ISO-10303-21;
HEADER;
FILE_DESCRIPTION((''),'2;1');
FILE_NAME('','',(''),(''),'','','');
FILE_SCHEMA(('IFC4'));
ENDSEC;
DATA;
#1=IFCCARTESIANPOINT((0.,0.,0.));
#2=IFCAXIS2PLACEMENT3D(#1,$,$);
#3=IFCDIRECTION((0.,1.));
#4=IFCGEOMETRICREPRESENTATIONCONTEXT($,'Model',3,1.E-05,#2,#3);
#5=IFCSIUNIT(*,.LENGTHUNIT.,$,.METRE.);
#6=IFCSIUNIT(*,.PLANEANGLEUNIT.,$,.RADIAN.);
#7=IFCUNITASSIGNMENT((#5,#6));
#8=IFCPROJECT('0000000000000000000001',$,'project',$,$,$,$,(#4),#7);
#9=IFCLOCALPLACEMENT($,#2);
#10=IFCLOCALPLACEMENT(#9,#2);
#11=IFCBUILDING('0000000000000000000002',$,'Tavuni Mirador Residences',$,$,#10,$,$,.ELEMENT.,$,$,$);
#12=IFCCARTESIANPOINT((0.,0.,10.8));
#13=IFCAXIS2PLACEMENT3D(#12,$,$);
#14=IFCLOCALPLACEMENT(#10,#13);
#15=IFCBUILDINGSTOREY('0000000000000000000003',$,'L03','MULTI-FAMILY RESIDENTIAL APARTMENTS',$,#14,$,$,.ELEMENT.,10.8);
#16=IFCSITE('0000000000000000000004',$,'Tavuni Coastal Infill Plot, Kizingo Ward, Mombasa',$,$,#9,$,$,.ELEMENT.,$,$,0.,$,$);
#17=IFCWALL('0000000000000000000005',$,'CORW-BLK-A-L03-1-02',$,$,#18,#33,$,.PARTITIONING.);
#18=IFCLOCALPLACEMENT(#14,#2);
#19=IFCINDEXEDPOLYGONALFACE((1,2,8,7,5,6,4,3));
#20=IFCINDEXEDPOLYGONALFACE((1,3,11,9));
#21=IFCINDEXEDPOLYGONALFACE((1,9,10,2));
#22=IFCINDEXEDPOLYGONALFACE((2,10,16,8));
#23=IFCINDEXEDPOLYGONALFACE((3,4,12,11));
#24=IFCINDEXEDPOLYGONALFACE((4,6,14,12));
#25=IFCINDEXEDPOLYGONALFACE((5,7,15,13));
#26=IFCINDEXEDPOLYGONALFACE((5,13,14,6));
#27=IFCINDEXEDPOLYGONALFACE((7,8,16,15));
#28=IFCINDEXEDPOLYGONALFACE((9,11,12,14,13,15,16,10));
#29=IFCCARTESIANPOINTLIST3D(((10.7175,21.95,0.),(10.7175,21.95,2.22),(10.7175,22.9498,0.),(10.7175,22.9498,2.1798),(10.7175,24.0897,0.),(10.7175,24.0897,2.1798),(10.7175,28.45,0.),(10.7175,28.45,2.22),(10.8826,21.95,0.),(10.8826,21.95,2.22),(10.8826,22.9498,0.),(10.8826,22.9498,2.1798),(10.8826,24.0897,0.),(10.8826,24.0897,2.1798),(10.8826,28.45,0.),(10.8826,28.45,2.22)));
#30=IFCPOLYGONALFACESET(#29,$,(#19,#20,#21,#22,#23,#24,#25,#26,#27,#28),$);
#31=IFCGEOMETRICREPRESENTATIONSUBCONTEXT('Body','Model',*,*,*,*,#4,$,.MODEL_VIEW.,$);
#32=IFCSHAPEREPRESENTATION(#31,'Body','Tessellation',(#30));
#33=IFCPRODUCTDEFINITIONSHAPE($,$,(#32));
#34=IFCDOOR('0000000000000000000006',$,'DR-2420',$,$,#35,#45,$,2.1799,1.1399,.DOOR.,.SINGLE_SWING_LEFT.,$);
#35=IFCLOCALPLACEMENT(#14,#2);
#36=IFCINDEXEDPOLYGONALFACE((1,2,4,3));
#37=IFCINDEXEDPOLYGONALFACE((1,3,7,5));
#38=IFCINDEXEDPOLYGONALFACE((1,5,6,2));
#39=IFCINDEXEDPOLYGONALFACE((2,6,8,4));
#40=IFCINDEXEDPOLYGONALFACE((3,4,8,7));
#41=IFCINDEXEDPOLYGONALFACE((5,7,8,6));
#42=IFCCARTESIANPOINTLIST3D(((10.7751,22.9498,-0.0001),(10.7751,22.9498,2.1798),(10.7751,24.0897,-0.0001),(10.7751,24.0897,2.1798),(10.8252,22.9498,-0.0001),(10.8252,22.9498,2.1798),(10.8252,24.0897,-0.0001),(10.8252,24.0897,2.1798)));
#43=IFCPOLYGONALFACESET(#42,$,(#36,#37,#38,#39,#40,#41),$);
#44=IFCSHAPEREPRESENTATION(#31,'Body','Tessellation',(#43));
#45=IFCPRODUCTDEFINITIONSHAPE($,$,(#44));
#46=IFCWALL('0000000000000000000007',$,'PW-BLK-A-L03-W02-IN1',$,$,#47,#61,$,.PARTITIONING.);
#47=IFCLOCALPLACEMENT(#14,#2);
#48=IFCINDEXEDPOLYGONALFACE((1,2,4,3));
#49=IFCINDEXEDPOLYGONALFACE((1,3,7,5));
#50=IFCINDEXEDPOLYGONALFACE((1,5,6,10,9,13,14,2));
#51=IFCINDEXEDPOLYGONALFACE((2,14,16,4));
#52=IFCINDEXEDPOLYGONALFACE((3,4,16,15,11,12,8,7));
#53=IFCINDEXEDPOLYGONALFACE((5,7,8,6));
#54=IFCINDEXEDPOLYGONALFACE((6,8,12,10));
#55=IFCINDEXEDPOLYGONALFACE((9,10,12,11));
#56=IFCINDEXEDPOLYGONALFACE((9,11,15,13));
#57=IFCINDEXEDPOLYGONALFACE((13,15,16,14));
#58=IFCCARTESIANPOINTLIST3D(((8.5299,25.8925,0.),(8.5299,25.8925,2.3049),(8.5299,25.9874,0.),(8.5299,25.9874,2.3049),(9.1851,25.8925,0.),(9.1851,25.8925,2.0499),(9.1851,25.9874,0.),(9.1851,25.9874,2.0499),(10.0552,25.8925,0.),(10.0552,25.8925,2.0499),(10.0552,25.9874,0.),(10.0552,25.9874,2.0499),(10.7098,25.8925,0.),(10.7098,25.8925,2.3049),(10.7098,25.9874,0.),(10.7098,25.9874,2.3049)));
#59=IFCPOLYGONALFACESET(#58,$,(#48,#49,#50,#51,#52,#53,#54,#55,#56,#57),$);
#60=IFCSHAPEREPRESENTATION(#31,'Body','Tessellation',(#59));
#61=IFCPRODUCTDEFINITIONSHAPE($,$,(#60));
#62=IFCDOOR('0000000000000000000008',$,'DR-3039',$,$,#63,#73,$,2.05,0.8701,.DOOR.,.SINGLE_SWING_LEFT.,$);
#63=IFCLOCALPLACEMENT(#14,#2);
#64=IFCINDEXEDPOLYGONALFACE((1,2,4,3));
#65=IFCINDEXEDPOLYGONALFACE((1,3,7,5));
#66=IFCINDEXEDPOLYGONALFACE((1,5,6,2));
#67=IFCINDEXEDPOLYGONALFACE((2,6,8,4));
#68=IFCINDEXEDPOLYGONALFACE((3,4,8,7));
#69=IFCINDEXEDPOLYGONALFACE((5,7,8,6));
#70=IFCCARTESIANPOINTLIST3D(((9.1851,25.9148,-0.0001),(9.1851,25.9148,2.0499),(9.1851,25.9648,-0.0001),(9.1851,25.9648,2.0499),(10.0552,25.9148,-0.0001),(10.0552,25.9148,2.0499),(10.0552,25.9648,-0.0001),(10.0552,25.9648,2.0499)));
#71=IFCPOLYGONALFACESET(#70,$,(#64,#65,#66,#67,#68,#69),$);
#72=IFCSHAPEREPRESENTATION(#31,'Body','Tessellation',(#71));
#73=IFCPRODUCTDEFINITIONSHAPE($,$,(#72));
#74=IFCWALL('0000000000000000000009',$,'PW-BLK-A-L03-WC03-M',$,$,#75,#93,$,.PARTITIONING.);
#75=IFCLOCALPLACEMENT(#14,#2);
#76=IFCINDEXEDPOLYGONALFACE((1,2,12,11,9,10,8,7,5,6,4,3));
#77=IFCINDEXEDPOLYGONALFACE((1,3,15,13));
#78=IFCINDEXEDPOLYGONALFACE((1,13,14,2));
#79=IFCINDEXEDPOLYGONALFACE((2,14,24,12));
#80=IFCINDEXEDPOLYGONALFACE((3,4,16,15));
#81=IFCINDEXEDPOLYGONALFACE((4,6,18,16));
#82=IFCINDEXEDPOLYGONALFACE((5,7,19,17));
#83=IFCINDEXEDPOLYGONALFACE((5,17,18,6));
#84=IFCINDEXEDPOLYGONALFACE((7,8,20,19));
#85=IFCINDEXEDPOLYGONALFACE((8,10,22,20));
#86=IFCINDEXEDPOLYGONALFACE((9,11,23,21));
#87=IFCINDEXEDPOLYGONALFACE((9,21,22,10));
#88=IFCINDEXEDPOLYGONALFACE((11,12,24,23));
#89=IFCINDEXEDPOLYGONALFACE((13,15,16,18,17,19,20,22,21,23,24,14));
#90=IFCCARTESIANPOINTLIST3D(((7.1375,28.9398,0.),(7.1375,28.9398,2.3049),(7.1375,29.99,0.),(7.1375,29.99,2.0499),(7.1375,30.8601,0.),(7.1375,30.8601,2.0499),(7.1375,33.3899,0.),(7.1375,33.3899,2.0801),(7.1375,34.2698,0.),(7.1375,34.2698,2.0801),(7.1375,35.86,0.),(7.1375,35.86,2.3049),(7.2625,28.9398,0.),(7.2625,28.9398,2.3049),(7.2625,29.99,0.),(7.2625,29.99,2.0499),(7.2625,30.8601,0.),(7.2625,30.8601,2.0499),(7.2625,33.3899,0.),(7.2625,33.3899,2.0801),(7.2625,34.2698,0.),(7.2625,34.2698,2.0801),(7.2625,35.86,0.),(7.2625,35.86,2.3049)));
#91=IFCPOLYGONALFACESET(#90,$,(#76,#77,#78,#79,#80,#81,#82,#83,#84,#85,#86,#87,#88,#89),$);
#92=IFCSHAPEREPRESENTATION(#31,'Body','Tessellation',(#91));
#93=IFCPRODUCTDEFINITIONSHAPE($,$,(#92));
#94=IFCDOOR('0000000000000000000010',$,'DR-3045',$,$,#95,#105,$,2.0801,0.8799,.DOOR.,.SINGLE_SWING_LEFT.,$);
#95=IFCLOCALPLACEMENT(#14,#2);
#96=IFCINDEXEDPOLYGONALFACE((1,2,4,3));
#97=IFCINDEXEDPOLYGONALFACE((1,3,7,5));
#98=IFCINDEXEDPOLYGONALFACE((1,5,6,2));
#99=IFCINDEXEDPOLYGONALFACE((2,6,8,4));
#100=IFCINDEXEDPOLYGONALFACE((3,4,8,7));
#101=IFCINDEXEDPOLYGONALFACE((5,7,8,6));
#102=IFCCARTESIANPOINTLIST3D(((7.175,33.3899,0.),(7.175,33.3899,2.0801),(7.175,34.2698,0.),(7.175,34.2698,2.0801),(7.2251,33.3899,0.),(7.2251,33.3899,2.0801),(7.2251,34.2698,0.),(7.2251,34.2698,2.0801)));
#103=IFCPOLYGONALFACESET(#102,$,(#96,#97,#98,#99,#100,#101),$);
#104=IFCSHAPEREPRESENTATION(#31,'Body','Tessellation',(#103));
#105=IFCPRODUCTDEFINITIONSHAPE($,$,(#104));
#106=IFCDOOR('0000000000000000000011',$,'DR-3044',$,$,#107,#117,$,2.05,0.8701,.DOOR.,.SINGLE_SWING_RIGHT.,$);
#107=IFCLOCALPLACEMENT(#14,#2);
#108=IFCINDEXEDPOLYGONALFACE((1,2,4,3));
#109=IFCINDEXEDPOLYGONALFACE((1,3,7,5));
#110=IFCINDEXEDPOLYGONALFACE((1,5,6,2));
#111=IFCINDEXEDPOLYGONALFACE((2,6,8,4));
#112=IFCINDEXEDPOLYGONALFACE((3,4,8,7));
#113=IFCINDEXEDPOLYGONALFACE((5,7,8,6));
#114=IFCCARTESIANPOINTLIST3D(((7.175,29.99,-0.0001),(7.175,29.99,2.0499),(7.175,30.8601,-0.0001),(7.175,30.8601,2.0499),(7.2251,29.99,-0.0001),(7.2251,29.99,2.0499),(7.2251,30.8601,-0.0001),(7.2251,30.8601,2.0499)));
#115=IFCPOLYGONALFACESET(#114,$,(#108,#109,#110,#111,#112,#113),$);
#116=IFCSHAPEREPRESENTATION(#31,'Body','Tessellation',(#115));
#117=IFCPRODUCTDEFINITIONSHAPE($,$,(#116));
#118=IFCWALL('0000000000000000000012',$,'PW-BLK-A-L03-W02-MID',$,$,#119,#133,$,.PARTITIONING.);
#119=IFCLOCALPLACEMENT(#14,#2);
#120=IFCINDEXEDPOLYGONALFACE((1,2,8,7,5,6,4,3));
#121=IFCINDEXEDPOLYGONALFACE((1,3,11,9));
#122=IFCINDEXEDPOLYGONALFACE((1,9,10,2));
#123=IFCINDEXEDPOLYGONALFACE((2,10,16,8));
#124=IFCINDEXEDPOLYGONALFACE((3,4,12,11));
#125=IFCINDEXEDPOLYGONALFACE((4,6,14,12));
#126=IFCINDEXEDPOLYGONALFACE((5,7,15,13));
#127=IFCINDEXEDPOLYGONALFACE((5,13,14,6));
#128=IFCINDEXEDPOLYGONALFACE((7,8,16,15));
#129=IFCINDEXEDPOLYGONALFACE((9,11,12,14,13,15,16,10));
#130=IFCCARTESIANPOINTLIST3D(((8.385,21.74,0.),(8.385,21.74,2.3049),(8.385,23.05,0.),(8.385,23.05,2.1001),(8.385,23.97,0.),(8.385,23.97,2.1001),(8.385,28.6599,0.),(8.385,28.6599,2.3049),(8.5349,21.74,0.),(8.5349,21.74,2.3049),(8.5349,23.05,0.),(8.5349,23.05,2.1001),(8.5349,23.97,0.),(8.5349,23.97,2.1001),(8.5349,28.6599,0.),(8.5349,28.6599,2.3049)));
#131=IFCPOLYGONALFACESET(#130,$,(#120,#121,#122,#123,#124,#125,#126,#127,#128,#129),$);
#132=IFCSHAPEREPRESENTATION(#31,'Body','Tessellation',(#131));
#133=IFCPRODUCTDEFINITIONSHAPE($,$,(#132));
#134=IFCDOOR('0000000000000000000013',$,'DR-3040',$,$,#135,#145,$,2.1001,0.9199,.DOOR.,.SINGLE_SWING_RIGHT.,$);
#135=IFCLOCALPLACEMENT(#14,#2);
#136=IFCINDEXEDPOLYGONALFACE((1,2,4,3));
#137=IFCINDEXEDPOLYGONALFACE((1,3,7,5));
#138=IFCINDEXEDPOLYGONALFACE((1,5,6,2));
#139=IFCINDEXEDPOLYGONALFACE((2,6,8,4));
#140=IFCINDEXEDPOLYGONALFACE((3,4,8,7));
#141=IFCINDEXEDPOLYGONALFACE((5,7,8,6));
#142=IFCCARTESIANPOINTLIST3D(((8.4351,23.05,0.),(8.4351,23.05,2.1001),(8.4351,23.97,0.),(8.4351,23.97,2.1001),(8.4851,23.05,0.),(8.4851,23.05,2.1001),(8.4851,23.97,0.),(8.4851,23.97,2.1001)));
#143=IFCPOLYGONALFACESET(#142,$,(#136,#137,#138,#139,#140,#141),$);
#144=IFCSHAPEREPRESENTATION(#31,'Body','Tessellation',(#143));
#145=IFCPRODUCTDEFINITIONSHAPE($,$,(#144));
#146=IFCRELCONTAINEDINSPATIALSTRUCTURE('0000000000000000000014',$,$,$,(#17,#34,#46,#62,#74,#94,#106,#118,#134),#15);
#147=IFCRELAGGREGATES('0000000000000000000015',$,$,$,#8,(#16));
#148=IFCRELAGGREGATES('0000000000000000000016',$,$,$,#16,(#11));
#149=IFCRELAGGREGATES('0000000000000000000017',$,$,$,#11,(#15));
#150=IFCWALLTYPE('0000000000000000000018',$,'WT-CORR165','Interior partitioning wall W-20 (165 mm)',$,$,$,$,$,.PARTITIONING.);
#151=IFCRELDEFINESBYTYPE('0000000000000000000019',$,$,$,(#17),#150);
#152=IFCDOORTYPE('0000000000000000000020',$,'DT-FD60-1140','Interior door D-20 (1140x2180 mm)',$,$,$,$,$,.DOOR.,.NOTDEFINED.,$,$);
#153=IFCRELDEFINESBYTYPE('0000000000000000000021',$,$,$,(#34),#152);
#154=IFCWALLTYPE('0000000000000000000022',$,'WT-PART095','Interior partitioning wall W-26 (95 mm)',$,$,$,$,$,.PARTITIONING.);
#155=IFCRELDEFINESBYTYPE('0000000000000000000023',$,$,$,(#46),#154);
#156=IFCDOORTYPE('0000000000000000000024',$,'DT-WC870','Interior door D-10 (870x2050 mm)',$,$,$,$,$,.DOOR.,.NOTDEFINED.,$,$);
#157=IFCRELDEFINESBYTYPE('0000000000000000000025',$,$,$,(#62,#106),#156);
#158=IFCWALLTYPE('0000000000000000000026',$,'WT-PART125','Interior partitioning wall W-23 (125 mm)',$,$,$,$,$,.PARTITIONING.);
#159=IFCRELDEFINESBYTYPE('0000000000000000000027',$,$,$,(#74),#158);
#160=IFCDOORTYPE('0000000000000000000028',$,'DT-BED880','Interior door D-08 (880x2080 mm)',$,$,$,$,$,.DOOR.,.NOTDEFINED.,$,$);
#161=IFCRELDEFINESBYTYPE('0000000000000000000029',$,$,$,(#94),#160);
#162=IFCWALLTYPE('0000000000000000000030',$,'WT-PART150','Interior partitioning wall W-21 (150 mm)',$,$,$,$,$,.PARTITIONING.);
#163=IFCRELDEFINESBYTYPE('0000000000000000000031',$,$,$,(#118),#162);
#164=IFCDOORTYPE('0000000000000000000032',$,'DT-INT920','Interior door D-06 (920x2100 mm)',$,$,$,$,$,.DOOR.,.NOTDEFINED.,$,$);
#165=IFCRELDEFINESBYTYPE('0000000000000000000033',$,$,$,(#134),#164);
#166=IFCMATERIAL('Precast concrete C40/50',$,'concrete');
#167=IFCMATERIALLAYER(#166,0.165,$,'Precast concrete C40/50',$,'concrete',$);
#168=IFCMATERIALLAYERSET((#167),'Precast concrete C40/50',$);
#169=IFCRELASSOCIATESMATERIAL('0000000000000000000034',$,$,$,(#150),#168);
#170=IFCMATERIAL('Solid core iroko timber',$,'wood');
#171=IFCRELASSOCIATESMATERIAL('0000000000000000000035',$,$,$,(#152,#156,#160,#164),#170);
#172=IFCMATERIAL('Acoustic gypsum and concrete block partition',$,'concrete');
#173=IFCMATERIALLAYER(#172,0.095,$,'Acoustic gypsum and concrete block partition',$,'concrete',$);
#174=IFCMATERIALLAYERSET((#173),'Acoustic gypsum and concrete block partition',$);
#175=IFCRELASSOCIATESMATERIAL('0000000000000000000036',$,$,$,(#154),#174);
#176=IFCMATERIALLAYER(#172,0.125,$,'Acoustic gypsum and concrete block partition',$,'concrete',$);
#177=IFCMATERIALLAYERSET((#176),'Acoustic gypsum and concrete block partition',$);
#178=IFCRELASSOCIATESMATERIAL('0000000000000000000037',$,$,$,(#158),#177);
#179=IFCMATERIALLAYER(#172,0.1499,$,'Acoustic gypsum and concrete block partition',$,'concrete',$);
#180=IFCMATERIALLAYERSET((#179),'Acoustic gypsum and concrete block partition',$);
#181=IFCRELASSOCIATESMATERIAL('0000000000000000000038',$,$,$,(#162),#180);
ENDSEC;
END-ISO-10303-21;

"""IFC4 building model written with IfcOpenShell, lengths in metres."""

from ifc_helpers import new_model, si_unit, direction, frame, frame_2d, origin, place, context, subcontext, project, spatial, rectangle, extrude, material, layer, layer_set, type_object, element, fill, save


model = new_model("IFC4")

# Units and contexts
model_context = context("Model", 3, precision=1e-05, world=origin(), true_north=direction((0.0, 1.0)))
body_context = subcontext(model_context, "Body", "Model", "MODEL_VIEW")
ifc_project = project(units=[si_unit("LENGTHUNIT", "METRE"), si_unit("PLANEANGLEUNIT", "RADIAN")], contexts=[model_context])

# Site, building, storey
site_placement = place(None, origin())
site = spatial("IfcSite", under=ifc_project, at=site_placement, Name="Tavuni Coastal Infill Plot, Kizingo Ward, Mombasa", CompositionType="ELEMENT", RefElevation=0.0)
building_placement = place(site_placement, origin())
building = spatial("IfcBuilding", under=site, at=building_placement, Name="Tavuni Mirador Residences", CompositionType="ELEMENT")
storey_placement = place(building_placement, frame((0.0, 0.0, 10.8)))
storey = spatial("IfcBuildingStorey", under=building, at=storey_placement, Name="L03", Description="MULTI-FAMILY RESIDENTIAL APARTMENTS", CompositionType="ELEMENT", Elevation=10.8)

# Shared definitions
ifc_material_1 = material(Name="Precast concrete C40/50", Category="concrete")

# Shared definitions
ifc_material_2 = material(Name="Solid core iroko timber", Category="wood")

# Walls, openings, doors
ifc_layer_1 = layer(ifc_material_1, 0.165, Name="Precast concrete C40/50", Category="concrete")
ifc_layer_set_1 = layer_set([ifc_layer_1], Name="Precast concrete C40/50")
wall_type_1 = type_object("IfcWallType", Name="WT-CORR165", Description="Interior partitioning wall W-20 (165 mm)", PredefinedType="PARTITIONING", material=ifc_layer_set_1)
wall_1_placement = place(storey_placement, frame((10.8, 21.95, 0.0), z_axis=(0.0, 0.0, 1.0), x_axis=(0.0, 1.0, 0.0)))
wall_1 = element("IfcWall", 1, at=wall_1_placement, inside=storey, type_object=wall_type_1, Name="CORW-BLK-A-L03-1-02", PredefinedType="PARTITIONING", context=body_context, shape_type="SweptSolid", body=[
    extrude(rectangle(XDim=6.5, YDim=0.165, at=frame_2d((3.25, 0.0))), origin(), (0.0, 0.0, 1.0), 2.22),
])
opening_1_placement = place(wall_1_placement, frame((1.0, 0.0, 0.0)))
opening_1 = element("IfcOpeningElement", 2, at=opening_1_placement, cuts=wall_1, PredefinedType="OPENING", context=body_context, shape_type="SweptSolid", body=[
    extrude(rectangle(XDim=1.1399, YDim=2.1799, at=frame_2d((0.5698, 1.0898))), frame((0.0, 0.0925, 0.0), z_axis=(0.0, -1.0, 0.0), x_axis=(1.0, 0.0, 0.0)), (0.0, 0.0, 1.0), 0.1851),
])
door_type_1 = type_object("IfcDoorType", Name="DT-FD60-1140", Description="Interior door D-20 (1140x2180 mm)", OperationType="NOTDEFINED", PredefinedType="DOOR", material=ifc_material_2)
door_1_placement = place(opening_1_placement, origin())
door_1 = element("IfcDoor", 3, at=door_1_placement, inside=storey, type_object=door_type_1, Name="DR-2420", OperationType="SINGLE_SWING_LEFT", OverallHeight=2.1799, OverallWidth=1.1399, PredefinedType="DOOR", context=body_context, shape_type="SweptSolid", body=[
    extrude(rectangle(XDim=1.1399, YDim=2.1799, at=frame_2d((0.5698, 1.0898))), frame((0.0, 0.0249, 0.0), z_axis=(0.0, -1.0, 0.0), x_axis=(1.0, 0.0, 0.0)), (0.0, 0.0, 1.0), 0.05),
])
fill(opening_1, door_1)
ifc_material_3 = material(Name="Acoustic gypsum and concrete block partition", Category="concrete")
ifc_layer_2 = layer(ifc_material_3, 0.095, Name="Acoustic gypsum and concrete block partition", Category="concrete")
ifc_layer_set_2 = layer_set([ifc_layer_2], Name="Acoustic gypsum and concrete block partition")
wall_type_2 = type_object("IfcWallType", Name="WT-PART095", Description="Interior partitioning wall W-26 (95 mm)", PredefinedType="PARTITIONING", material=ifc_layer_set_2)
wall_2_placement = place(storey_placement, frame((8.53, 25.9399, 0.0), z_axis=(0.0, 0.0, 1.0), x_axis=(1.0, 0.0, 0.0)))
wall_2 = element("IfcWall", 4, at=wall_2_placement, inside=storey, type_object=wall_type_2, Name="PW-BLK-A-L03-W02-IN1", PredefinedType="PARTITIONING", context=body_context, shape_type="SweptSolid", body=[
    extrude(rectangle(XDim=2.1799, YDim=0.095, at=frame_2d((1.0898, 0.0))), origin(), (0.0, 0.0, 1.0), 2.3049),
])
opening_2_placement = place(wall_2_placement, frame((0.655, 0.0, 0.0)))
opening_2 = element("IfcOpeningElement", 5, at=opening_2_placement, cuts=wall_2, PredefinedType="OPENING", context=body_context, shape_type="SweptSolid", body=[
    extrude(rectangle(XDim=0.8701, YDim=2.05, at=frame_2d((0.4351, 1.0249))), frame((0.0, 0.0576, 0.0), z_axis=(0.0, -1.0, 0.0), x_axis=(1.0, 0.0, 0.0)), (0.0, 0.0, 1.0), 0.115),
])
door_type_2 = type_object("IfcDoorType", Name="DT-WC870", Description="Interior door D-10 (870x2050 mm)", OperationType="NOTDEFINED", PredefinedType="DOOR", material=ifc_material_2)
door_2_placement = place(opening_2_placement, origin())
door_2 = element("IfcDoor", 6, at=door_2_placement, inside=storey, type_object=door_type_2, Name="DR-3039", OperationType="SINGLE_SWING_LEFT", OverallHeight=2.05, OverallWidth=0.8701, PredefinedType="DOOR", context=body_context, shape_type="SweptSolid", body=[
    extrude(rectangle(XDim=0.8701, YDim=2.05, at=frame_2d((0.4351, 1.0249))), frame((0.0, 0.0249, 0.0), z_axis=(0.0, -1.0, 0.0), x_axis=(1.0, 0.0, 0.0)), (0.0, 0.0, 1.0), 0.05),
])
fill(opening_2, door_2)

# Wall, openings, doors
ifc_layer_3 = layer(ifc_material_3, 0.125, Name="Acoustic gypsum and concrete block partition", Category="concrete")
ifc_layer_set_3 = layer_set([ifc_layer_3], Name="Acoustic gypsum and concrete block partition")
wall_type_3 = type_object("IfcWallType", Name="WT-PART125", Description="Interior partitioning wall W-23 (125 mm)", PredefinedType="PARTITIONING", material=ifc_layer_set_3)
wall_3_placement = place(storey_placement, frame((7.2, 28.9399, 0.0), z_axis=(0.0, 0.0, 1.0), x_axis=(0.0, 1.0, 0.0)))
wall_3 = element("IfcWall", 7, at=wall_3_placement, inside=storey, type_object=wall_type_3, Name="PW-BLK-A-L03-WC03-M", PredefinedType="PARTITIONING", context=body_context, shape_type="SweptSolid", body=[
    extrude(rectangle(XDim=6.9202, YDim=0.125, at=frame_2d((3.46, 0.0))), origin(), (0.0, 0.0, 1.0), 2.3049),
])
opening_3_placement = place(wall_3_placement, frame((1.05, 0.0, 0.0)))
opening_3 = element("IfcOpeningElement", 8, at=opening_3_placement, cuts=wall_3, PredefinedType="OPENING", context=body_context, shape_type="SweptSolid", body=[
    extrude(rectangle(XDim=0.8701, YDim=2.05, at=frame_2d((0.4351, 1.0249))), frame((0.0, 0.0725, 0.0), z_axis=(0.0, -1.0, 0.0), x_axis=(1.0, 0.0, 0.0)), (0.0, 0.0, 1.0), 0.145),
])
opening_4_placement = place(wall_3_placement, frame((4.45, 0.0, 0.0)))
opening_4 = element("IfcOpeningElement", 9, at=opening_4_placement, cuts=wall_3, PredefinedType="OPENING", context=body_context, shape_type="SweptSolid", body=[
    extrude(rectangle(XDim=0.8799, YDim=2.0801, at=frame_2d((0.4399, 1.04))), frame((0.0, 0.0725, 0.0), z_axis=(0.0, -1.0, 0.0), x_axis=(1.0, 0.0, 0.0)), (0.0, 0.0, 1.0), 0.145),
])
door_type_3 = type_object("IfcDoorType", Name="DT-BED880", Description="Interior door D-08 (880x2080 mm)", OperationType="NOTDEFINED", PredefinedType="DOOR", material=ifc_material_2)
door_3_placement = place(opening_4_placement, origin())
door_3 = element("IfcDoor", 10, at=door_3_placement, inside=storey, type_object=door_type_3, Name="DR-3045", OperationType="SINGLE_SWING_LEFT", OverallHeight=2.0801, OverallWidth=0.8799, PredefinedType="DOOR", context=body_context, shape_type="SweptSolid", body=[
    extrude(rectangle(XDim=0.8799, YDim=2.0801, at=frame_2d((0.4399, 1.04))), frame((0.0, 0.0249, 0.0), z_axis=(0.0, -1.0, 0.0), x_axis=(1.0, 0.0, 0.0)), (0.0, 0.0, 1.0), 0.05),
])
fill(opening_4, door_3)
door_4_placement = place(opening_3_placement, origin())
door_4 = element("IfcDoor", 11, at=door_4_placement, inside=storey, type_object=door_type_2, Name="DR-3044", OperationType="SINGLE_SWING_RIGHT", OverallHeight=2.05, OverallWidth=0.8701, PredefinedType="DOOR", context=body_context, shape_type="SweptSolid", body=[
    extrude(rectangle(XDim=0.8701, YDim=2.05, at=frame_2d((0.4351, 1.0249))), frame((0.0, 0.0249, 0.0), z_axis=(0.0, -1.0, 0.0), x_axis=(1.0, 0.0, 0.0)), (0.0, 0.0, 1.0), 0.05),
])
fill(opening_3, door_4)

# Wall, opening, door
ifc_layer_4 = layer(ifc_material_3, 0.1499, Name="Acoustic gypsum and concrete block partition", Category="concrete")
ifc_layer_set_4 = layer_set([ifc_layer_4], Name="Acoustic gypsum and concrete block partition")
wall_type_4 = type_object("IfcWallType", Name="WT-PART150", Description="Interior partitioning wall W-21 (150 mm)", PredefinedType="PARTITIONING", material=ifc_layer_set_4)
wall_4_placement = place(storey_placement, frame((8.46, 21.74, 0.0), z_axis=(0.0, 0.0, 1.0), x_axis=(0.0, 1.0, 0.0)))
wall_4 = element("IfcWall", 12, at=wall_4_placement, inside=storey, type_object=wall_type_4, Name="PW-BLK-A-L03-W02-MID", PredefinedType="PARTITIONING", context=body_context, shape_type="SweptSolid", body=[
    extrude(rectangle(XDim=6.9199, YDim=0.1499, at=frame_2d((3.46, 0.0))), origin(), (0.0, 0.0, 1.0), 2.3049),
])
opening_5_placement = place(wall_4_placement, frame((1.3101, 0.0, 0.0)))
opening_5 = element("IfcOpeningElement", 13, at=opening_5_placement, cuts=wall_4, PredefinedType="OPENING", context=body_context, shape_type="SweptSolid", body=[
    extrude(rectangle(XDim=0.9199, YDim=2.1001, at=frame_2d((0.46, 1.05))), frame((0.0, 0.085, 0.0), z_axis=(0.0, -1.0, 0.0), x_axis=(1.0, 0.0, 0.0)), (0.0, 0.0, 1.0), 0.1699),
])
door_type_4 = type_object("IfcDoorType", Name="DT-INT920", Description="Interior door D-06 (920x2100 mm)", OperationType="NOTDEFINED", PredefinedType="DOOR", material=ifc_material_2)
door_5_placement = place(opening_5_placement, origin())
door_5 = element("IfcDoor", 14, at=door_5_placement, inside=storey, type_object=door_type_4, Name="DR-3040", OperationType="SINGLE_SWING_RIGHT", OverallHeight=2.1001, OverallWidth=0.9199, PredefinedType="DOOR", context=body_context, shape_type="SweptSolid", body=[
    extrude(rectangle(XDim=0.9199, YDim=2.1001, at=frame_2d((0.46, 1.05))), frame((0.0, 0.0249, 0.0), z_axis=(0.0, -1.0, 0.0), x_axis=(1.0, 0.0, 0.0)), (0.0, 0.0, 1.0), 0.05),
])
fill(opening_5, door_5)

save(model, "model.ifc")
